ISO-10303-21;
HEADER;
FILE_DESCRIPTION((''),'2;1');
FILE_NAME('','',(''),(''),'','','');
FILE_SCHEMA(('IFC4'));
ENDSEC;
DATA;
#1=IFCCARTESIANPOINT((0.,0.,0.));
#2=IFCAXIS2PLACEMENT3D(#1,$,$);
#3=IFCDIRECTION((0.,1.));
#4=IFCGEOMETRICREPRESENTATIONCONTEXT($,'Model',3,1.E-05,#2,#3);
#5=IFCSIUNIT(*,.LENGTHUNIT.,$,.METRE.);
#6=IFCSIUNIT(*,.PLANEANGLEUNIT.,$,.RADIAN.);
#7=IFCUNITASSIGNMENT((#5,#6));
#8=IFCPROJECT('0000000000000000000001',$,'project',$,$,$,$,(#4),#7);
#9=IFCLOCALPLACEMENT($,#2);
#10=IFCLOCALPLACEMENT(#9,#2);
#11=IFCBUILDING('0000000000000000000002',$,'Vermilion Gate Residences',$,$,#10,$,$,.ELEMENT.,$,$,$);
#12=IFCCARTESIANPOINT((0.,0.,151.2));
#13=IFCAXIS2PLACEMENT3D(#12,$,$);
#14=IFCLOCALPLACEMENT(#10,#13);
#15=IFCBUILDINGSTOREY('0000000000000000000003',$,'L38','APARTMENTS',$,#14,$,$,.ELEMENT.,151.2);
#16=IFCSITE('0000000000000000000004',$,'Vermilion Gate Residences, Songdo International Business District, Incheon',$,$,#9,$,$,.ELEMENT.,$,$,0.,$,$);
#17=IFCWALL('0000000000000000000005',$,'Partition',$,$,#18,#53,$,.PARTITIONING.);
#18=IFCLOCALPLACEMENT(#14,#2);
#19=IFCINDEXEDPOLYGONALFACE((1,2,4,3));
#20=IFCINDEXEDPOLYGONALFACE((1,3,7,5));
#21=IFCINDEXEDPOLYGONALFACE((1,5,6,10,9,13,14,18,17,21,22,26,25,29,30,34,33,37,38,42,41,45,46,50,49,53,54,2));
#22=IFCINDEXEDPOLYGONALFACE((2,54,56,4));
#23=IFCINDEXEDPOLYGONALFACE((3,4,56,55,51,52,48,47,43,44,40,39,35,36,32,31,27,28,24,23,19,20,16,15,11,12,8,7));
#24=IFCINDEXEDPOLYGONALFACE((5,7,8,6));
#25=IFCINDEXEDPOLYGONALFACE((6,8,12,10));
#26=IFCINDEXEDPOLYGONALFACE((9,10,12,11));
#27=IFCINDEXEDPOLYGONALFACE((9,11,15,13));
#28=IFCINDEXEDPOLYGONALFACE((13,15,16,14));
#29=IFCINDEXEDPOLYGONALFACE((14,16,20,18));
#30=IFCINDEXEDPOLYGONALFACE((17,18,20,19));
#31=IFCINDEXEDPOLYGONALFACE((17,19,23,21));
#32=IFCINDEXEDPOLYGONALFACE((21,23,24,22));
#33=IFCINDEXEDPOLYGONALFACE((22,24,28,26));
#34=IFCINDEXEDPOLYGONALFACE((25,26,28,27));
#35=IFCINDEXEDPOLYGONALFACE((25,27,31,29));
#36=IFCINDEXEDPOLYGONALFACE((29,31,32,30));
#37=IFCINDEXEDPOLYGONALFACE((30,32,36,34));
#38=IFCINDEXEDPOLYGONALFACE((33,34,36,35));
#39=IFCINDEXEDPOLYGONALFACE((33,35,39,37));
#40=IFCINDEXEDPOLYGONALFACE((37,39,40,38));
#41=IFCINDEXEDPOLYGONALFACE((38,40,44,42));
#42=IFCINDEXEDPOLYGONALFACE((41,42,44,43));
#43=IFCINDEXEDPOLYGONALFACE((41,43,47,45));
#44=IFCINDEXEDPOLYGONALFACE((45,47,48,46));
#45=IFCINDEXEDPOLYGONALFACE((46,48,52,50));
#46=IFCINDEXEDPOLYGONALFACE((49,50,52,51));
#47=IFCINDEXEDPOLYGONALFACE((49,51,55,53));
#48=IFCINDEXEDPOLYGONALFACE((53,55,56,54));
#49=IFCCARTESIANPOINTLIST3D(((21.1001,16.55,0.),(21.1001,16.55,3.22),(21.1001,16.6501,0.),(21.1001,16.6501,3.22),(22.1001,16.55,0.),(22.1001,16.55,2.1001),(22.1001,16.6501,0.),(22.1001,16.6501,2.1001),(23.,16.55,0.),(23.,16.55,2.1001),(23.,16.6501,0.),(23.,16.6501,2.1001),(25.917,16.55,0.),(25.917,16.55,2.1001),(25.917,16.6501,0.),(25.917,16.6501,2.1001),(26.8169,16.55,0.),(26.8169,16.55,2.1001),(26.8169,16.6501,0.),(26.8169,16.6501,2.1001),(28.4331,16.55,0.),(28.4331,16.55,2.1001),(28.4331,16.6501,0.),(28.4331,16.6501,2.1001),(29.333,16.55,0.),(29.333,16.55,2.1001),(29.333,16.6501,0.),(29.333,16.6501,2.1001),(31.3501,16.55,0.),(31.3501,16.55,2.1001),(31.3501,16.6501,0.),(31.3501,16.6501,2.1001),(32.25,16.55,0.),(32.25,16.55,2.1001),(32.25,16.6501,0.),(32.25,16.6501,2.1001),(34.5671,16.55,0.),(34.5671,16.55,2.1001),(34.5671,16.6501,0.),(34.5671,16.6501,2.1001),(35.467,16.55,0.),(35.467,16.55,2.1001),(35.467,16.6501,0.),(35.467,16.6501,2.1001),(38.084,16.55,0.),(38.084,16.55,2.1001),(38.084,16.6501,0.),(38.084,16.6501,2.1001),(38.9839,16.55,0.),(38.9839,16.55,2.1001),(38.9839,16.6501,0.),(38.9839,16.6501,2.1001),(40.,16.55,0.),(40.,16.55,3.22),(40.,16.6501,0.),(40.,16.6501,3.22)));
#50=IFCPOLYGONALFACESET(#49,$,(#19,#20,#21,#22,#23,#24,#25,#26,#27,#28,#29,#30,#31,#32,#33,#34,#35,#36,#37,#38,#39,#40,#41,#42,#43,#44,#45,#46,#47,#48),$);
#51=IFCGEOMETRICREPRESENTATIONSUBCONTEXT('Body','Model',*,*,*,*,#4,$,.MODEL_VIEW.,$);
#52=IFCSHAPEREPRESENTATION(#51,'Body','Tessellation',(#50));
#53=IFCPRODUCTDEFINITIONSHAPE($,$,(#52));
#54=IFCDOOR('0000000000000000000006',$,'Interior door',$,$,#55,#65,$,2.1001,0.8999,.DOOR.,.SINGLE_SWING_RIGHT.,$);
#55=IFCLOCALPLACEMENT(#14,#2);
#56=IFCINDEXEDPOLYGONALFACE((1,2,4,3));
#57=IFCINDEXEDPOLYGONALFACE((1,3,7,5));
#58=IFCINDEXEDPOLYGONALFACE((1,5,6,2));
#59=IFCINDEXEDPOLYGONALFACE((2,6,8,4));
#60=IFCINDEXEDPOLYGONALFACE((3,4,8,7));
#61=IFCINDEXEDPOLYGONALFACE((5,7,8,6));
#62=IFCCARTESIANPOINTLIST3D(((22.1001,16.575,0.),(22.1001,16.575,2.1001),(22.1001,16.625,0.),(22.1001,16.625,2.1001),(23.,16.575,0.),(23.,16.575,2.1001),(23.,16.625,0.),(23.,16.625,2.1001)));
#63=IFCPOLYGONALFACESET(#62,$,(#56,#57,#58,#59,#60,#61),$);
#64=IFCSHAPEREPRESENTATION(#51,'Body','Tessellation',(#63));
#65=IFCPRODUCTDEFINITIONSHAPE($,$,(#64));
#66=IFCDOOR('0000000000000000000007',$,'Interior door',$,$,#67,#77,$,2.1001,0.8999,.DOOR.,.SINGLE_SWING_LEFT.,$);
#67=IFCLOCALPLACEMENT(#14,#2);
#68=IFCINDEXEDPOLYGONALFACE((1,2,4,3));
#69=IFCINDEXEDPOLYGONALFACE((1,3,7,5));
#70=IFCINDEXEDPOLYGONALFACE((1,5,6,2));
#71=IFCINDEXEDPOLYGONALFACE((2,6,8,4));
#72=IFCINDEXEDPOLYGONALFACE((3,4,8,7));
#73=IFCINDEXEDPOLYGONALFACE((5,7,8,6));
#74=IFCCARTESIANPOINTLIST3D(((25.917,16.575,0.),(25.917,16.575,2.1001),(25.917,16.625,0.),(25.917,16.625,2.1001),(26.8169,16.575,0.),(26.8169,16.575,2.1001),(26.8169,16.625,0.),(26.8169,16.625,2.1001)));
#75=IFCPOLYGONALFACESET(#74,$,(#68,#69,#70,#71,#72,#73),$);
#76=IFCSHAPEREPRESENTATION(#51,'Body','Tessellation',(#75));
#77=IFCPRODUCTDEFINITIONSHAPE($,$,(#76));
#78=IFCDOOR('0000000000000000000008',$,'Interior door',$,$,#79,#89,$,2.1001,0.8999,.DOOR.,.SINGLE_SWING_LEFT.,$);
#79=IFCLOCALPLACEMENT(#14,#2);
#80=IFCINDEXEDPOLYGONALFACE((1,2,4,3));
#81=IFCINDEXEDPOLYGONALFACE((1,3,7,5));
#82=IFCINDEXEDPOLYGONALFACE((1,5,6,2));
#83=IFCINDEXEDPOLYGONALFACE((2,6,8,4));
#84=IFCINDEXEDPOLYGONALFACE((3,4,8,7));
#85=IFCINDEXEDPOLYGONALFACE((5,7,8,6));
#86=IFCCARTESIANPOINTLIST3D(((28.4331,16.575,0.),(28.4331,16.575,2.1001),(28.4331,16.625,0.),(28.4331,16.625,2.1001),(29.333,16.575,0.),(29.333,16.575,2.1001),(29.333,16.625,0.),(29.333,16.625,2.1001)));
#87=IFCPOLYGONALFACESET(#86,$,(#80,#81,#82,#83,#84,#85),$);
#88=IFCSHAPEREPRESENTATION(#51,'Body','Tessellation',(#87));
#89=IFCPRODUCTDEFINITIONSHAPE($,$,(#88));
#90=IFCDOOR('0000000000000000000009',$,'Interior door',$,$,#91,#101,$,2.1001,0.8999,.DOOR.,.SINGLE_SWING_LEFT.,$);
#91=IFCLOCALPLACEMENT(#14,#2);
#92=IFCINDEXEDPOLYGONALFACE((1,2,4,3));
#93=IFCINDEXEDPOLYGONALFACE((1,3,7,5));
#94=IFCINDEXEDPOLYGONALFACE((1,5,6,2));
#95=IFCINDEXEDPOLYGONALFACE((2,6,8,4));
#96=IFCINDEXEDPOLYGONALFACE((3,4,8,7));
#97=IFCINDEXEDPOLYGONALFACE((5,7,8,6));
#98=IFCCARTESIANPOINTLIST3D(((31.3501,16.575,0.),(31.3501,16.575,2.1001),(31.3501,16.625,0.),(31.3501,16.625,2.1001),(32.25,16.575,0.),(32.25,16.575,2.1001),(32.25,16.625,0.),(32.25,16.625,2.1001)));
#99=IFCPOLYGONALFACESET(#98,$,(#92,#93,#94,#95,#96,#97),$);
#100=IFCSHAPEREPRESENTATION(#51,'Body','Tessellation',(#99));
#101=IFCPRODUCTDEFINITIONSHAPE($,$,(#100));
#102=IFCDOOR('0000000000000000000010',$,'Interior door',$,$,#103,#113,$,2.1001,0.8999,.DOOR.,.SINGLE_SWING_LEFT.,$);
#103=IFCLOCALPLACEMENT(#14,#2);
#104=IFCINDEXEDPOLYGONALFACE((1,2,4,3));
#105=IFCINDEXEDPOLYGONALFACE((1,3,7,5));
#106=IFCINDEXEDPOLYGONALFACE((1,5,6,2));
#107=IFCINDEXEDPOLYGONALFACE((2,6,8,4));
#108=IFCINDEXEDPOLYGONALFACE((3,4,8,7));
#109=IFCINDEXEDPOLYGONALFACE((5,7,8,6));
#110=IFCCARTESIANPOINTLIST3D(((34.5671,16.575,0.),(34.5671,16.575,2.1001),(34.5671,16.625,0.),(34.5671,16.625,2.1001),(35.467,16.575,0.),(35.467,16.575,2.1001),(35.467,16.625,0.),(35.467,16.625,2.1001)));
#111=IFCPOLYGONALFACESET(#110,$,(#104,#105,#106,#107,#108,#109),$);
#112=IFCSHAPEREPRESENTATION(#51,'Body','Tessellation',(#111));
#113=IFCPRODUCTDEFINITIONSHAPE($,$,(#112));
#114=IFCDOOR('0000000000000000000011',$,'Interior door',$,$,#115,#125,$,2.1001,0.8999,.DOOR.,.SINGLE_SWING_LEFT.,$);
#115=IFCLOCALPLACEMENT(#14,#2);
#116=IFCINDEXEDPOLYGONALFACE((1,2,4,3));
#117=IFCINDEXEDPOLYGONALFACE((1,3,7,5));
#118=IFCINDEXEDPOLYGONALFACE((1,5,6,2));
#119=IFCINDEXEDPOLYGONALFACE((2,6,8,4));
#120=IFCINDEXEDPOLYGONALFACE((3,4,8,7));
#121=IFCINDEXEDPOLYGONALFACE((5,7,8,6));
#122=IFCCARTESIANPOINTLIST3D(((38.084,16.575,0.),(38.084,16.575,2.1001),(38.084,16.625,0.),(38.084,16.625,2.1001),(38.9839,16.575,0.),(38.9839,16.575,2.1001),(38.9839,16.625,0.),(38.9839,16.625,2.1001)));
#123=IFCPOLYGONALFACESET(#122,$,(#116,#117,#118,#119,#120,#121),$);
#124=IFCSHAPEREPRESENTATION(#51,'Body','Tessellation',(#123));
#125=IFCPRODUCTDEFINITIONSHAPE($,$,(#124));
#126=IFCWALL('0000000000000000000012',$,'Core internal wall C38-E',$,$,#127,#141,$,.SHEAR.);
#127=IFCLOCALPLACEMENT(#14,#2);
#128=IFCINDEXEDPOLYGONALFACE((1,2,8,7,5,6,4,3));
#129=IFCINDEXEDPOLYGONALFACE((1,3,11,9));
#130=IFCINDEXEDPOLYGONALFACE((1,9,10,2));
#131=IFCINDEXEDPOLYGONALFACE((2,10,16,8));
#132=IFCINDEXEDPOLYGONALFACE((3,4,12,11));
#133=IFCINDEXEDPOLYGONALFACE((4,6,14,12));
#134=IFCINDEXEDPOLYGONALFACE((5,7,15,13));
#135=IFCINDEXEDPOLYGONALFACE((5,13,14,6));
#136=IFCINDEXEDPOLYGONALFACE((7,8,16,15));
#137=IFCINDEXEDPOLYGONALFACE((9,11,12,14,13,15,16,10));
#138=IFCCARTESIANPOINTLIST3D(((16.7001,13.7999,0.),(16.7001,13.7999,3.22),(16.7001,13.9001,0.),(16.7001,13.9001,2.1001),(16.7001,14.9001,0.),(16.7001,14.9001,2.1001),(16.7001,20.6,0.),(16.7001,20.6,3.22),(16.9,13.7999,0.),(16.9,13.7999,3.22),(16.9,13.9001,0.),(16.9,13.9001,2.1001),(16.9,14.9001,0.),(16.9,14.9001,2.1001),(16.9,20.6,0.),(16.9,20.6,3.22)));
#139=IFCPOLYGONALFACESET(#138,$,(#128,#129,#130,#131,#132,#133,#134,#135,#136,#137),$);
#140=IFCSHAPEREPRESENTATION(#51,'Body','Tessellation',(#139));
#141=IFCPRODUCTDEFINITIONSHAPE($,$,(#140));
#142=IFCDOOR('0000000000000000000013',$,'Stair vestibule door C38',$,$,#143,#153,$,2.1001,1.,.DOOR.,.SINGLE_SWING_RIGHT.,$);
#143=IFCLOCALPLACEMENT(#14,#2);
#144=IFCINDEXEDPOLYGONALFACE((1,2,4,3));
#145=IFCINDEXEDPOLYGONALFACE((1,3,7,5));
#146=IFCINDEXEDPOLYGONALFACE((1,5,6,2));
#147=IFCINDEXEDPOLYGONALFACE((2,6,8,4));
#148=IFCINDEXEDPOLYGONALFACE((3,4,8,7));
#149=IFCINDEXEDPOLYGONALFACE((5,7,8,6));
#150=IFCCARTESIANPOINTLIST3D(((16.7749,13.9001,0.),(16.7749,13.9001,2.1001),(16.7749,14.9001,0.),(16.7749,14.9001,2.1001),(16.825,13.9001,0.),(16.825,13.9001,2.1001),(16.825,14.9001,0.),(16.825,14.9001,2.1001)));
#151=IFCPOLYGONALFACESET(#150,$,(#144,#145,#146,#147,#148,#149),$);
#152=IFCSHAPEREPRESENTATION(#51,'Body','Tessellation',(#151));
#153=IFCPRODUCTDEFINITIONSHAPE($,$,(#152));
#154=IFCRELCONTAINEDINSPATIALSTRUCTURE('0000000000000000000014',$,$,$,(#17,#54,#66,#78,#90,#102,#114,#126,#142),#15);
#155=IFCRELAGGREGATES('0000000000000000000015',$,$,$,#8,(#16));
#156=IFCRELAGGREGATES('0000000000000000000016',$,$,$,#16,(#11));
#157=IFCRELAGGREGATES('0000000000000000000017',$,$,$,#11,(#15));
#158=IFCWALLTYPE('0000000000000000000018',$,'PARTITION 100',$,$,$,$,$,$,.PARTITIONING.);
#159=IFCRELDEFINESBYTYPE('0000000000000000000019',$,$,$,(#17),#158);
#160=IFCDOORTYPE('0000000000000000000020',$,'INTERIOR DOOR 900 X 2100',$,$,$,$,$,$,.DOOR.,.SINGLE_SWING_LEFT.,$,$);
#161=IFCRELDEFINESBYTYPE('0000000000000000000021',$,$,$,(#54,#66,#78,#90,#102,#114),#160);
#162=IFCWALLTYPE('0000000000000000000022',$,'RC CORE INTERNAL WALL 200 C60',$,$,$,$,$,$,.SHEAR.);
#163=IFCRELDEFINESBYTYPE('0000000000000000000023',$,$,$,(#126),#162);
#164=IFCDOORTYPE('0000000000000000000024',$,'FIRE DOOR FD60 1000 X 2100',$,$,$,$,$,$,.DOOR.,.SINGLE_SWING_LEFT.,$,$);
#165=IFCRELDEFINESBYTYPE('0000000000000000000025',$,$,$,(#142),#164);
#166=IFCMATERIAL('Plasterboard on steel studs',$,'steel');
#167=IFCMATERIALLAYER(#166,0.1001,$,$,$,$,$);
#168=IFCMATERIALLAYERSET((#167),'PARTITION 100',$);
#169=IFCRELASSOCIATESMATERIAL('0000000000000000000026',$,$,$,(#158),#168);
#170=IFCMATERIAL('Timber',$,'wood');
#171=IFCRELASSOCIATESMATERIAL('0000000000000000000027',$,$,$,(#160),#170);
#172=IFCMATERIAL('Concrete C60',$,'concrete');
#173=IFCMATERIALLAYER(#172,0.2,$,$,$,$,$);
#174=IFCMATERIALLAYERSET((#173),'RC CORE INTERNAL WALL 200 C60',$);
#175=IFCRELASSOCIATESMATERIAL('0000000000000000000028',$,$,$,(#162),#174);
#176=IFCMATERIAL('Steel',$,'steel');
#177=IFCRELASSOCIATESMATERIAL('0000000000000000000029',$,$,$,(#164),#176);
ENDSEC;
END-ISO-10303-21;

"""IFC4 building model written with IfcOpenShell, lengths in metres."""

from ifc_helpers import new_model, si_unit, direction, frame, frame_2d, origin, place, context, subcontext, project, spatial, rectangle, extrude, material, layer, layer_set, type_object, element, fill, save


model = new_model("IFC4")

# Units and contexts
model_context = context("Model", 3, precision=1e-05, world=origin(), true_north=direction((0.0, 1.0)))
body_context = subcontext(model_context, "Body", "Model", "MODEL_VIEW")
ifc_project = project(units=[si_unit("LENGTHUNIT", "METRE"), si_unit("PLANEANGLEUNIT", "RADIAN")], contexts=[model_context])

# Site, building, storey
site_placement = place(None, origin())
site = spatial("IfcSite", under=ifc_project, at=site_placement, Name="Vermilion Gate Residences, Songdo International Business District, Incheon", CompositionType="ELEMENT", RefElevation=0.0)
building_placement = place(site_placement, origin())
building = spatial("IfcBuilding", under=site, at=building_placement, Name="Vermilion Gate Residences", CompositionType="ELEMENT")
storey_placement = place(building_placement, frame((0.0, 0.0, 151.2)))
storey = spatial("IfcBuildingStorey", under=building, at=storey_placement, Name="L38", Description="APARTMENTS", CompositionType="ELEMENT", Elevation=151.2)

# Wall, openings, doors
ifc_material_1 = material(Name="Plasterboard on steel studs", Category="steel")
ifc_layer_1 = layer(ifc_material_1, 0.1001)
ifc_layer_set_1 = layer_set([ifc_layer_1], Name="PARTITION 100")
wall_type_1 = type_object("IfcWallType", Name="PARTITION 100", PredefinedType="PARTITIONING", material=ifc_layer_set_1)
ifc_material_2 = material(Name="Timber", Category="wood")
door_type_1 = type_object("IfcDoorType", Name="INTERIOR DOOR 900 X 2100", OperationType="SINGLE_SWING_LEFT", PredefinedType="DOOR", material=ifc_material_2)
wall_1_placement = place(storey_placement, frame((21.1001, 16.6001, 0.0), z_axis=(0.0, 0.0, 1.0), x_axis=(1.0, 0.0, 0.0)))
wall_1 = element("IfcWall", 1, at=wall_1_placement, inside=storey, type_object=wall_type_1, Name="Partition", PredefinedType="PARTITIONING", context=body_context, shape_type="SweptSolid", body=[
    extrude(rectangle(XDim=18.8999, YDim=0.1001, at=frame_2d((9.45, 0.0))), origin(), (0.0, 0.0, 1.0), 3.22),
])
opening_1_placement = place(wall_1_placement, frame((1.0, 0.0, 0.0)))
opening_1 = element("IfcOpeningElement", 2, at=opening_1_placement, cuts=wall_1, PredefinedType="OPENING", context=body_context, shape_type="SweptSolid", body=[
    extrude(rectangle(XDim=0.8999, YDim=2.1001, at=frame_2d((0.45, 1.05))), frame((0.0, 0.0601, 0.0), z_axis=(0.0, -1.0, 0.0), x_axis=(1.0, 0.0, 0.0)), (0.0, 0.0, 1.0), 0.1201),
])
opening_2_placement = place(wall_1_placement, frame((4.8169, 0.0, 0.0)))
opening_2 = element("IfcOpeningElement", 3, at=opening_2_placement, cuts=wall_1, PredefinedType="OPENING", context=body_context, shape_type="SweptSolid", body=[
    extrude(rectangle(XDim=0.8999, YDim=2.1001, at=frame_2d((0.45, 1.05))), frame((0.0, 0.0601, 0.0), z_axis=(0.0, -1.0, 0.0), x_axis=(1.0, 0.0, 0.0)), (0.0, 0.0, 1.0), 0.1201),
])
opening_3_placement = place(wall_1_placement, frame((7.333, 0.0, 0.0)))
opening_3 = element("IfcOpeningElement", 4, at=opening_3_placement, cuts=wall_1, PredefinedType="OPENING", context=body_context, shape_type="SweptSolid", body=[
    extrude(rectangle(XDim=0.8999, YDim=2.1001, at=frame_2d((0.45, 1.05))), frame((0.0, 0.0601, 0.0), z_axis=(0.0, -1.0, 0.0), x_axis=(1.0, 0.0, 0.0)), (0.0, 0.0, 1.0), 0.1201),
])
opening_4_placement = place(wall_1_placement, frame((10.25, 0.0, 0.0)))
opening_4 = element("IfcOpeningElement", 5, at=opening_4_placement, cuts=wall_1, PredefinedType="OPENING", context=body_context, shape_type="SweptSolid", body=[
    extrude(rectangle(XDim=0.8999, YDim=2.1001, at=frame_2d((0.45, 1.05))), frame((0.0, 0.0601, 0.0), z_axis=(0.0, -1.0, 0.0), x_axis=(1.0, 0.0, 0.0)), (0.0, 0.0, 1.0), 0.1201),
])
opening_5_placement = place(wall_1_placement, frame((13.467, 0.0, 0.0)))
opening_5 = element("IfcOpeningElement", 6, at=opening_5_placement, cuts=wall_1, PredefinedType="OPENING", context=body_context, shape_type="SweptSolid", body=[
    extrude(rectangle(XDim=0.8999, YDim=2.1001, at=frame_2d((0.45, 1.05))), frame((0.0, 0.0601, 0.0), z_axis=(0.0, -1.0, 0.0), x_axis=(1.0, 0.0, 0.0)), (0.0, 0.0, 1.0), 0.1201),
])
opening_6_placement = place(wall_1_placement, frame((16.9839, 0.0, 0.0)))
opening_6 = element("IfcOpeningElement", 7, at=opening_6_placement, cuts=wall_1, PredefinedType="OPENING", context=body_context, shape_type="SweptSolid", body=[
    extrude(rectangle(XDim=0.8999, YDim=2.1001, at=frame_2d((0.45, 1.05))), frame((0.0, 0.0601, 0.0), z_axis=(0.0, -1.0, 0.0), x_axis=(1.0, 0.0, 0.0)), (0.0, 0.0, 1.0), 0.1201),
])
door_1_placement = place(opening_1_placement, origin())
door_1 = element("IfcDoor", 8, at=door_1_placement, inside=storey, type_object=door_type_1, Name="Interior door", OperationType="SINGLE_SWING_RIGHT", OverallHeight=2.1001, OverallWidth=0.8999, PredefinedType="DOOR", context=body_context, shape_type="SweptSolid", body=[
    extrude(rectangle(XDim=0.8999, YDim=2.1001, at=frame_2d((0.45, 1.05))), frame((0.0, 0.0249, 0.0), z_axis=(0.0, -1.0, 0.0), x_axis=(1.0, 0.0, 0.0)), (0.0, 0.0, 1.0), 0.05),
])
fill(opening_1, door_1)
door_2_placement = place(opening_2_placement, origin())
door_2 = element("IfcDoor", 9, at=door_2_placement, inside=storey, type_object=door_type_1, Name="Interior door", OperationType="SINGLE_SWING_LEFT", OverallHeight=2.1001, OverallWidth=0.8999, PredefinedType="DOOR", context=body_context, shape_type="SweptSolid", body=[
    extrude(rectangle(XDim=0.8999, YDim=2.1001, at=frame_2d((0.45, 1.05))), frame((0.0, 0.0249, 0.0), z_axis=(0.0, -1.0, 0.0), x_axis=(1.0, 0.0, 0.0)), (0.0, 0.0, 1.0), 0.05),
])
fill(opening_2, door_2)
door_3_placement = place(opening_3_placement, origin())
door_3 = element("IfcDoor", 10, at=door_3_placement, inside=storey, type_object=door_type_1, Name="Interior door", OperationType="SINGLE_SWING_LEFT", OverallHeight=2.1001, OverallWidth=0.8999, PredefinedType="DOOR", context=body_context, shape_type="SweptSolid", body=[
    extrude(rectangle(XDim=0.8999, YDim=2.1001, at=frame_2d((0.45, 1.05))), frame((0.0, 0.0249, 0.0), z_axis=(0.0, -1.0, 0.0), x_axis=(1.0, 0.0, 0.0)), (0.0, 0.0, 1.0), 0.05),
])
fill(opening_3, door_3)
door_4_placement = place(opening_4_placement, origin())
door_4 = element("IfcDoor", 11, at=door_4_placement, inside=storey, type_object=door_type_1, Name="Interior door", OperationType="SINGLE_SWING_LEFT", OverallHeight=2.1001, OverallWidth=0.8999, PredefinedType="DOOR", context=body_context, shape_type="SweptSolid", body=[
    extrude(rectangle(XDim=0.8999, YDim=2.1001, at=frame_2d((0.45, 1.05))), frame((0.0, 0.0249, 0.0), z_axis=(0.0, -1.0, 0.0), x_axis=(1.0, 0.0, 0.0)), (0.0, 0.0, 1.0), 0.05),
])
fill(opening_4, door_4)
door_5_placement = place(opening_5_placement, origin())
door_5 = element("IfcDoor", 12, at=door_5_placement, inside=storey, type_object=door_type_1, Name="Interior door", OperationType="SINGLE_SWING_LEFT", OverallHeight=2.1001, OverallWidth=0.8999, PredefinedType="DOOR", context=body_context, shape_type="SweptSolid", body=[
    extrude(rectangle(XDim=0.8999, YDim=2.1001, at=frame_2d((0.45, 1.05))), frame((0.0, 0.0249, 0.0), z_axis=(0.0, -1.0, 0.0), x_axis=(1.0, 0.0, 0.0)), (0.0, 0.0, 1.0), 0.05),
])
fill(opening_5, door_5)
door_6_placement = place(opening_6_placement, origin())
door_6 = element("IfcDoor", 13, at=door_6_placement, inside=storey, type_object=door_type_1, Name="Interior door", OperationType="SINGLE_SWING_LEFT", OverallHeight=2.1001, OverallWidth=0.8999, PredefinedType="DOOR", context=body_context, shape_type="SweptSolid", body=[
    extrude(rectangle(XDim=0.8999, YDim=2.1001, at=frame_2d((0.45, 1.05))), frame((0.0, 0.0249, 0.0), z_axis=(0.0, -1.0, 0.0), x_axis=(1.0, 0.0, 0.0)), (0.0, 0.0, 1.0), 0.05),
])
fill(opening_6, door_6)

# Wall, opening, door
ifc_material_3 = material(Name="Concrete C60", Category="concrete")
ifc_layer_2 = layer(ifc_material_3, 0.2)
ifc_layer_set_2 = layer_set([ifc_layer_2], Name="RC CORE INTERNAL WALL 200 C60")
wall_type_2 = type_object("IfcWallType", Name="RC CORE INTERNAL WALL 200 C60", PredefinedType="SHEAR", material=ifc_layer_set_2)
wall_2_placement = place(storey_placement, frame((16.8, 13.8, 0.0), z_axis=(0.0, 0.0, 1.0), x_axis=(0.0, 1.0, 0.0)))
wall_2 = element("IfcWall", 14, at=wall_2_placement, inside=storey, type_object=wall_type_2, Name="Core internal wall C38-E", PredefinedType="SHEAR", context=body_context, shape_type="SweptSolid", body=[
    extrude(rectangle(XDim=6.8, YDim=0.2, at=frame_2d((3.3999, 0.0))), origin(), (0.0, 0.0, 1.0), 3.22),
])
opening_7_placement = place(wall_2_placement, frame((0.1001, 0.0, 0.0)))
opening_7 = element("IfcOpeningElement", 15, at=opening_7_placement, cuts=wall_2, PredefinedType="OPENING", context=body_context, shape_type="SweptSolid", body=[
    extrude(rectangle(XDim=1.0, YDim=2.1001, at=frame_2d((0.5, 1.05))), frame((0.0, 0.1099, 0.0), z_axis=(0.0, -1.0, 0.0), x_axis=(1.0, 0.0, 0.0)), (0.0, 0.0, 1.0), 0.22),
])
ifc_material_4 = material(Name="Steel", Category="steel")
door_type_2 = type_object("IfcDoorType", Name="FIRE DOOR FD60 1000 X 2100", OperationType="SINGLE_SWING_LEFT", PredefinedType="DOOR", material=ifc_material_4)
door_7_placement = place(opening_7_placement, frame((1.0, 0.0, 0.0), z_axis=(0.0, 0.0, 1.0), x_axis=(-1.0, 0.0, 0.0)))
door_7 = element("IfcDoor", 16, at=door_7_placement, inside=storey, type_object=door_type_2, Name="Stair vestibule door C38", OperationType="SINGLE_SWING_RIGHT", OverallHeight=2.1001, OverallWidth=1.0, PredefinedType="DOOR", context=body_context, shape_type="SweptSolid", body=[
    extrude(rectangle(XDim=1.0, YDim=2.1001, at=frame_2d((0.5, 1.05))), frame((0.0, 0.0249, 0.0), z_axis=(0.0, -1.0, 0.0), x_axis=(1.0, 0.0, 0.0)), (0.0, 0.0, 1.0), 0.05),
])
fill(opening_7, door_7)

save(model, "model.ifc")
